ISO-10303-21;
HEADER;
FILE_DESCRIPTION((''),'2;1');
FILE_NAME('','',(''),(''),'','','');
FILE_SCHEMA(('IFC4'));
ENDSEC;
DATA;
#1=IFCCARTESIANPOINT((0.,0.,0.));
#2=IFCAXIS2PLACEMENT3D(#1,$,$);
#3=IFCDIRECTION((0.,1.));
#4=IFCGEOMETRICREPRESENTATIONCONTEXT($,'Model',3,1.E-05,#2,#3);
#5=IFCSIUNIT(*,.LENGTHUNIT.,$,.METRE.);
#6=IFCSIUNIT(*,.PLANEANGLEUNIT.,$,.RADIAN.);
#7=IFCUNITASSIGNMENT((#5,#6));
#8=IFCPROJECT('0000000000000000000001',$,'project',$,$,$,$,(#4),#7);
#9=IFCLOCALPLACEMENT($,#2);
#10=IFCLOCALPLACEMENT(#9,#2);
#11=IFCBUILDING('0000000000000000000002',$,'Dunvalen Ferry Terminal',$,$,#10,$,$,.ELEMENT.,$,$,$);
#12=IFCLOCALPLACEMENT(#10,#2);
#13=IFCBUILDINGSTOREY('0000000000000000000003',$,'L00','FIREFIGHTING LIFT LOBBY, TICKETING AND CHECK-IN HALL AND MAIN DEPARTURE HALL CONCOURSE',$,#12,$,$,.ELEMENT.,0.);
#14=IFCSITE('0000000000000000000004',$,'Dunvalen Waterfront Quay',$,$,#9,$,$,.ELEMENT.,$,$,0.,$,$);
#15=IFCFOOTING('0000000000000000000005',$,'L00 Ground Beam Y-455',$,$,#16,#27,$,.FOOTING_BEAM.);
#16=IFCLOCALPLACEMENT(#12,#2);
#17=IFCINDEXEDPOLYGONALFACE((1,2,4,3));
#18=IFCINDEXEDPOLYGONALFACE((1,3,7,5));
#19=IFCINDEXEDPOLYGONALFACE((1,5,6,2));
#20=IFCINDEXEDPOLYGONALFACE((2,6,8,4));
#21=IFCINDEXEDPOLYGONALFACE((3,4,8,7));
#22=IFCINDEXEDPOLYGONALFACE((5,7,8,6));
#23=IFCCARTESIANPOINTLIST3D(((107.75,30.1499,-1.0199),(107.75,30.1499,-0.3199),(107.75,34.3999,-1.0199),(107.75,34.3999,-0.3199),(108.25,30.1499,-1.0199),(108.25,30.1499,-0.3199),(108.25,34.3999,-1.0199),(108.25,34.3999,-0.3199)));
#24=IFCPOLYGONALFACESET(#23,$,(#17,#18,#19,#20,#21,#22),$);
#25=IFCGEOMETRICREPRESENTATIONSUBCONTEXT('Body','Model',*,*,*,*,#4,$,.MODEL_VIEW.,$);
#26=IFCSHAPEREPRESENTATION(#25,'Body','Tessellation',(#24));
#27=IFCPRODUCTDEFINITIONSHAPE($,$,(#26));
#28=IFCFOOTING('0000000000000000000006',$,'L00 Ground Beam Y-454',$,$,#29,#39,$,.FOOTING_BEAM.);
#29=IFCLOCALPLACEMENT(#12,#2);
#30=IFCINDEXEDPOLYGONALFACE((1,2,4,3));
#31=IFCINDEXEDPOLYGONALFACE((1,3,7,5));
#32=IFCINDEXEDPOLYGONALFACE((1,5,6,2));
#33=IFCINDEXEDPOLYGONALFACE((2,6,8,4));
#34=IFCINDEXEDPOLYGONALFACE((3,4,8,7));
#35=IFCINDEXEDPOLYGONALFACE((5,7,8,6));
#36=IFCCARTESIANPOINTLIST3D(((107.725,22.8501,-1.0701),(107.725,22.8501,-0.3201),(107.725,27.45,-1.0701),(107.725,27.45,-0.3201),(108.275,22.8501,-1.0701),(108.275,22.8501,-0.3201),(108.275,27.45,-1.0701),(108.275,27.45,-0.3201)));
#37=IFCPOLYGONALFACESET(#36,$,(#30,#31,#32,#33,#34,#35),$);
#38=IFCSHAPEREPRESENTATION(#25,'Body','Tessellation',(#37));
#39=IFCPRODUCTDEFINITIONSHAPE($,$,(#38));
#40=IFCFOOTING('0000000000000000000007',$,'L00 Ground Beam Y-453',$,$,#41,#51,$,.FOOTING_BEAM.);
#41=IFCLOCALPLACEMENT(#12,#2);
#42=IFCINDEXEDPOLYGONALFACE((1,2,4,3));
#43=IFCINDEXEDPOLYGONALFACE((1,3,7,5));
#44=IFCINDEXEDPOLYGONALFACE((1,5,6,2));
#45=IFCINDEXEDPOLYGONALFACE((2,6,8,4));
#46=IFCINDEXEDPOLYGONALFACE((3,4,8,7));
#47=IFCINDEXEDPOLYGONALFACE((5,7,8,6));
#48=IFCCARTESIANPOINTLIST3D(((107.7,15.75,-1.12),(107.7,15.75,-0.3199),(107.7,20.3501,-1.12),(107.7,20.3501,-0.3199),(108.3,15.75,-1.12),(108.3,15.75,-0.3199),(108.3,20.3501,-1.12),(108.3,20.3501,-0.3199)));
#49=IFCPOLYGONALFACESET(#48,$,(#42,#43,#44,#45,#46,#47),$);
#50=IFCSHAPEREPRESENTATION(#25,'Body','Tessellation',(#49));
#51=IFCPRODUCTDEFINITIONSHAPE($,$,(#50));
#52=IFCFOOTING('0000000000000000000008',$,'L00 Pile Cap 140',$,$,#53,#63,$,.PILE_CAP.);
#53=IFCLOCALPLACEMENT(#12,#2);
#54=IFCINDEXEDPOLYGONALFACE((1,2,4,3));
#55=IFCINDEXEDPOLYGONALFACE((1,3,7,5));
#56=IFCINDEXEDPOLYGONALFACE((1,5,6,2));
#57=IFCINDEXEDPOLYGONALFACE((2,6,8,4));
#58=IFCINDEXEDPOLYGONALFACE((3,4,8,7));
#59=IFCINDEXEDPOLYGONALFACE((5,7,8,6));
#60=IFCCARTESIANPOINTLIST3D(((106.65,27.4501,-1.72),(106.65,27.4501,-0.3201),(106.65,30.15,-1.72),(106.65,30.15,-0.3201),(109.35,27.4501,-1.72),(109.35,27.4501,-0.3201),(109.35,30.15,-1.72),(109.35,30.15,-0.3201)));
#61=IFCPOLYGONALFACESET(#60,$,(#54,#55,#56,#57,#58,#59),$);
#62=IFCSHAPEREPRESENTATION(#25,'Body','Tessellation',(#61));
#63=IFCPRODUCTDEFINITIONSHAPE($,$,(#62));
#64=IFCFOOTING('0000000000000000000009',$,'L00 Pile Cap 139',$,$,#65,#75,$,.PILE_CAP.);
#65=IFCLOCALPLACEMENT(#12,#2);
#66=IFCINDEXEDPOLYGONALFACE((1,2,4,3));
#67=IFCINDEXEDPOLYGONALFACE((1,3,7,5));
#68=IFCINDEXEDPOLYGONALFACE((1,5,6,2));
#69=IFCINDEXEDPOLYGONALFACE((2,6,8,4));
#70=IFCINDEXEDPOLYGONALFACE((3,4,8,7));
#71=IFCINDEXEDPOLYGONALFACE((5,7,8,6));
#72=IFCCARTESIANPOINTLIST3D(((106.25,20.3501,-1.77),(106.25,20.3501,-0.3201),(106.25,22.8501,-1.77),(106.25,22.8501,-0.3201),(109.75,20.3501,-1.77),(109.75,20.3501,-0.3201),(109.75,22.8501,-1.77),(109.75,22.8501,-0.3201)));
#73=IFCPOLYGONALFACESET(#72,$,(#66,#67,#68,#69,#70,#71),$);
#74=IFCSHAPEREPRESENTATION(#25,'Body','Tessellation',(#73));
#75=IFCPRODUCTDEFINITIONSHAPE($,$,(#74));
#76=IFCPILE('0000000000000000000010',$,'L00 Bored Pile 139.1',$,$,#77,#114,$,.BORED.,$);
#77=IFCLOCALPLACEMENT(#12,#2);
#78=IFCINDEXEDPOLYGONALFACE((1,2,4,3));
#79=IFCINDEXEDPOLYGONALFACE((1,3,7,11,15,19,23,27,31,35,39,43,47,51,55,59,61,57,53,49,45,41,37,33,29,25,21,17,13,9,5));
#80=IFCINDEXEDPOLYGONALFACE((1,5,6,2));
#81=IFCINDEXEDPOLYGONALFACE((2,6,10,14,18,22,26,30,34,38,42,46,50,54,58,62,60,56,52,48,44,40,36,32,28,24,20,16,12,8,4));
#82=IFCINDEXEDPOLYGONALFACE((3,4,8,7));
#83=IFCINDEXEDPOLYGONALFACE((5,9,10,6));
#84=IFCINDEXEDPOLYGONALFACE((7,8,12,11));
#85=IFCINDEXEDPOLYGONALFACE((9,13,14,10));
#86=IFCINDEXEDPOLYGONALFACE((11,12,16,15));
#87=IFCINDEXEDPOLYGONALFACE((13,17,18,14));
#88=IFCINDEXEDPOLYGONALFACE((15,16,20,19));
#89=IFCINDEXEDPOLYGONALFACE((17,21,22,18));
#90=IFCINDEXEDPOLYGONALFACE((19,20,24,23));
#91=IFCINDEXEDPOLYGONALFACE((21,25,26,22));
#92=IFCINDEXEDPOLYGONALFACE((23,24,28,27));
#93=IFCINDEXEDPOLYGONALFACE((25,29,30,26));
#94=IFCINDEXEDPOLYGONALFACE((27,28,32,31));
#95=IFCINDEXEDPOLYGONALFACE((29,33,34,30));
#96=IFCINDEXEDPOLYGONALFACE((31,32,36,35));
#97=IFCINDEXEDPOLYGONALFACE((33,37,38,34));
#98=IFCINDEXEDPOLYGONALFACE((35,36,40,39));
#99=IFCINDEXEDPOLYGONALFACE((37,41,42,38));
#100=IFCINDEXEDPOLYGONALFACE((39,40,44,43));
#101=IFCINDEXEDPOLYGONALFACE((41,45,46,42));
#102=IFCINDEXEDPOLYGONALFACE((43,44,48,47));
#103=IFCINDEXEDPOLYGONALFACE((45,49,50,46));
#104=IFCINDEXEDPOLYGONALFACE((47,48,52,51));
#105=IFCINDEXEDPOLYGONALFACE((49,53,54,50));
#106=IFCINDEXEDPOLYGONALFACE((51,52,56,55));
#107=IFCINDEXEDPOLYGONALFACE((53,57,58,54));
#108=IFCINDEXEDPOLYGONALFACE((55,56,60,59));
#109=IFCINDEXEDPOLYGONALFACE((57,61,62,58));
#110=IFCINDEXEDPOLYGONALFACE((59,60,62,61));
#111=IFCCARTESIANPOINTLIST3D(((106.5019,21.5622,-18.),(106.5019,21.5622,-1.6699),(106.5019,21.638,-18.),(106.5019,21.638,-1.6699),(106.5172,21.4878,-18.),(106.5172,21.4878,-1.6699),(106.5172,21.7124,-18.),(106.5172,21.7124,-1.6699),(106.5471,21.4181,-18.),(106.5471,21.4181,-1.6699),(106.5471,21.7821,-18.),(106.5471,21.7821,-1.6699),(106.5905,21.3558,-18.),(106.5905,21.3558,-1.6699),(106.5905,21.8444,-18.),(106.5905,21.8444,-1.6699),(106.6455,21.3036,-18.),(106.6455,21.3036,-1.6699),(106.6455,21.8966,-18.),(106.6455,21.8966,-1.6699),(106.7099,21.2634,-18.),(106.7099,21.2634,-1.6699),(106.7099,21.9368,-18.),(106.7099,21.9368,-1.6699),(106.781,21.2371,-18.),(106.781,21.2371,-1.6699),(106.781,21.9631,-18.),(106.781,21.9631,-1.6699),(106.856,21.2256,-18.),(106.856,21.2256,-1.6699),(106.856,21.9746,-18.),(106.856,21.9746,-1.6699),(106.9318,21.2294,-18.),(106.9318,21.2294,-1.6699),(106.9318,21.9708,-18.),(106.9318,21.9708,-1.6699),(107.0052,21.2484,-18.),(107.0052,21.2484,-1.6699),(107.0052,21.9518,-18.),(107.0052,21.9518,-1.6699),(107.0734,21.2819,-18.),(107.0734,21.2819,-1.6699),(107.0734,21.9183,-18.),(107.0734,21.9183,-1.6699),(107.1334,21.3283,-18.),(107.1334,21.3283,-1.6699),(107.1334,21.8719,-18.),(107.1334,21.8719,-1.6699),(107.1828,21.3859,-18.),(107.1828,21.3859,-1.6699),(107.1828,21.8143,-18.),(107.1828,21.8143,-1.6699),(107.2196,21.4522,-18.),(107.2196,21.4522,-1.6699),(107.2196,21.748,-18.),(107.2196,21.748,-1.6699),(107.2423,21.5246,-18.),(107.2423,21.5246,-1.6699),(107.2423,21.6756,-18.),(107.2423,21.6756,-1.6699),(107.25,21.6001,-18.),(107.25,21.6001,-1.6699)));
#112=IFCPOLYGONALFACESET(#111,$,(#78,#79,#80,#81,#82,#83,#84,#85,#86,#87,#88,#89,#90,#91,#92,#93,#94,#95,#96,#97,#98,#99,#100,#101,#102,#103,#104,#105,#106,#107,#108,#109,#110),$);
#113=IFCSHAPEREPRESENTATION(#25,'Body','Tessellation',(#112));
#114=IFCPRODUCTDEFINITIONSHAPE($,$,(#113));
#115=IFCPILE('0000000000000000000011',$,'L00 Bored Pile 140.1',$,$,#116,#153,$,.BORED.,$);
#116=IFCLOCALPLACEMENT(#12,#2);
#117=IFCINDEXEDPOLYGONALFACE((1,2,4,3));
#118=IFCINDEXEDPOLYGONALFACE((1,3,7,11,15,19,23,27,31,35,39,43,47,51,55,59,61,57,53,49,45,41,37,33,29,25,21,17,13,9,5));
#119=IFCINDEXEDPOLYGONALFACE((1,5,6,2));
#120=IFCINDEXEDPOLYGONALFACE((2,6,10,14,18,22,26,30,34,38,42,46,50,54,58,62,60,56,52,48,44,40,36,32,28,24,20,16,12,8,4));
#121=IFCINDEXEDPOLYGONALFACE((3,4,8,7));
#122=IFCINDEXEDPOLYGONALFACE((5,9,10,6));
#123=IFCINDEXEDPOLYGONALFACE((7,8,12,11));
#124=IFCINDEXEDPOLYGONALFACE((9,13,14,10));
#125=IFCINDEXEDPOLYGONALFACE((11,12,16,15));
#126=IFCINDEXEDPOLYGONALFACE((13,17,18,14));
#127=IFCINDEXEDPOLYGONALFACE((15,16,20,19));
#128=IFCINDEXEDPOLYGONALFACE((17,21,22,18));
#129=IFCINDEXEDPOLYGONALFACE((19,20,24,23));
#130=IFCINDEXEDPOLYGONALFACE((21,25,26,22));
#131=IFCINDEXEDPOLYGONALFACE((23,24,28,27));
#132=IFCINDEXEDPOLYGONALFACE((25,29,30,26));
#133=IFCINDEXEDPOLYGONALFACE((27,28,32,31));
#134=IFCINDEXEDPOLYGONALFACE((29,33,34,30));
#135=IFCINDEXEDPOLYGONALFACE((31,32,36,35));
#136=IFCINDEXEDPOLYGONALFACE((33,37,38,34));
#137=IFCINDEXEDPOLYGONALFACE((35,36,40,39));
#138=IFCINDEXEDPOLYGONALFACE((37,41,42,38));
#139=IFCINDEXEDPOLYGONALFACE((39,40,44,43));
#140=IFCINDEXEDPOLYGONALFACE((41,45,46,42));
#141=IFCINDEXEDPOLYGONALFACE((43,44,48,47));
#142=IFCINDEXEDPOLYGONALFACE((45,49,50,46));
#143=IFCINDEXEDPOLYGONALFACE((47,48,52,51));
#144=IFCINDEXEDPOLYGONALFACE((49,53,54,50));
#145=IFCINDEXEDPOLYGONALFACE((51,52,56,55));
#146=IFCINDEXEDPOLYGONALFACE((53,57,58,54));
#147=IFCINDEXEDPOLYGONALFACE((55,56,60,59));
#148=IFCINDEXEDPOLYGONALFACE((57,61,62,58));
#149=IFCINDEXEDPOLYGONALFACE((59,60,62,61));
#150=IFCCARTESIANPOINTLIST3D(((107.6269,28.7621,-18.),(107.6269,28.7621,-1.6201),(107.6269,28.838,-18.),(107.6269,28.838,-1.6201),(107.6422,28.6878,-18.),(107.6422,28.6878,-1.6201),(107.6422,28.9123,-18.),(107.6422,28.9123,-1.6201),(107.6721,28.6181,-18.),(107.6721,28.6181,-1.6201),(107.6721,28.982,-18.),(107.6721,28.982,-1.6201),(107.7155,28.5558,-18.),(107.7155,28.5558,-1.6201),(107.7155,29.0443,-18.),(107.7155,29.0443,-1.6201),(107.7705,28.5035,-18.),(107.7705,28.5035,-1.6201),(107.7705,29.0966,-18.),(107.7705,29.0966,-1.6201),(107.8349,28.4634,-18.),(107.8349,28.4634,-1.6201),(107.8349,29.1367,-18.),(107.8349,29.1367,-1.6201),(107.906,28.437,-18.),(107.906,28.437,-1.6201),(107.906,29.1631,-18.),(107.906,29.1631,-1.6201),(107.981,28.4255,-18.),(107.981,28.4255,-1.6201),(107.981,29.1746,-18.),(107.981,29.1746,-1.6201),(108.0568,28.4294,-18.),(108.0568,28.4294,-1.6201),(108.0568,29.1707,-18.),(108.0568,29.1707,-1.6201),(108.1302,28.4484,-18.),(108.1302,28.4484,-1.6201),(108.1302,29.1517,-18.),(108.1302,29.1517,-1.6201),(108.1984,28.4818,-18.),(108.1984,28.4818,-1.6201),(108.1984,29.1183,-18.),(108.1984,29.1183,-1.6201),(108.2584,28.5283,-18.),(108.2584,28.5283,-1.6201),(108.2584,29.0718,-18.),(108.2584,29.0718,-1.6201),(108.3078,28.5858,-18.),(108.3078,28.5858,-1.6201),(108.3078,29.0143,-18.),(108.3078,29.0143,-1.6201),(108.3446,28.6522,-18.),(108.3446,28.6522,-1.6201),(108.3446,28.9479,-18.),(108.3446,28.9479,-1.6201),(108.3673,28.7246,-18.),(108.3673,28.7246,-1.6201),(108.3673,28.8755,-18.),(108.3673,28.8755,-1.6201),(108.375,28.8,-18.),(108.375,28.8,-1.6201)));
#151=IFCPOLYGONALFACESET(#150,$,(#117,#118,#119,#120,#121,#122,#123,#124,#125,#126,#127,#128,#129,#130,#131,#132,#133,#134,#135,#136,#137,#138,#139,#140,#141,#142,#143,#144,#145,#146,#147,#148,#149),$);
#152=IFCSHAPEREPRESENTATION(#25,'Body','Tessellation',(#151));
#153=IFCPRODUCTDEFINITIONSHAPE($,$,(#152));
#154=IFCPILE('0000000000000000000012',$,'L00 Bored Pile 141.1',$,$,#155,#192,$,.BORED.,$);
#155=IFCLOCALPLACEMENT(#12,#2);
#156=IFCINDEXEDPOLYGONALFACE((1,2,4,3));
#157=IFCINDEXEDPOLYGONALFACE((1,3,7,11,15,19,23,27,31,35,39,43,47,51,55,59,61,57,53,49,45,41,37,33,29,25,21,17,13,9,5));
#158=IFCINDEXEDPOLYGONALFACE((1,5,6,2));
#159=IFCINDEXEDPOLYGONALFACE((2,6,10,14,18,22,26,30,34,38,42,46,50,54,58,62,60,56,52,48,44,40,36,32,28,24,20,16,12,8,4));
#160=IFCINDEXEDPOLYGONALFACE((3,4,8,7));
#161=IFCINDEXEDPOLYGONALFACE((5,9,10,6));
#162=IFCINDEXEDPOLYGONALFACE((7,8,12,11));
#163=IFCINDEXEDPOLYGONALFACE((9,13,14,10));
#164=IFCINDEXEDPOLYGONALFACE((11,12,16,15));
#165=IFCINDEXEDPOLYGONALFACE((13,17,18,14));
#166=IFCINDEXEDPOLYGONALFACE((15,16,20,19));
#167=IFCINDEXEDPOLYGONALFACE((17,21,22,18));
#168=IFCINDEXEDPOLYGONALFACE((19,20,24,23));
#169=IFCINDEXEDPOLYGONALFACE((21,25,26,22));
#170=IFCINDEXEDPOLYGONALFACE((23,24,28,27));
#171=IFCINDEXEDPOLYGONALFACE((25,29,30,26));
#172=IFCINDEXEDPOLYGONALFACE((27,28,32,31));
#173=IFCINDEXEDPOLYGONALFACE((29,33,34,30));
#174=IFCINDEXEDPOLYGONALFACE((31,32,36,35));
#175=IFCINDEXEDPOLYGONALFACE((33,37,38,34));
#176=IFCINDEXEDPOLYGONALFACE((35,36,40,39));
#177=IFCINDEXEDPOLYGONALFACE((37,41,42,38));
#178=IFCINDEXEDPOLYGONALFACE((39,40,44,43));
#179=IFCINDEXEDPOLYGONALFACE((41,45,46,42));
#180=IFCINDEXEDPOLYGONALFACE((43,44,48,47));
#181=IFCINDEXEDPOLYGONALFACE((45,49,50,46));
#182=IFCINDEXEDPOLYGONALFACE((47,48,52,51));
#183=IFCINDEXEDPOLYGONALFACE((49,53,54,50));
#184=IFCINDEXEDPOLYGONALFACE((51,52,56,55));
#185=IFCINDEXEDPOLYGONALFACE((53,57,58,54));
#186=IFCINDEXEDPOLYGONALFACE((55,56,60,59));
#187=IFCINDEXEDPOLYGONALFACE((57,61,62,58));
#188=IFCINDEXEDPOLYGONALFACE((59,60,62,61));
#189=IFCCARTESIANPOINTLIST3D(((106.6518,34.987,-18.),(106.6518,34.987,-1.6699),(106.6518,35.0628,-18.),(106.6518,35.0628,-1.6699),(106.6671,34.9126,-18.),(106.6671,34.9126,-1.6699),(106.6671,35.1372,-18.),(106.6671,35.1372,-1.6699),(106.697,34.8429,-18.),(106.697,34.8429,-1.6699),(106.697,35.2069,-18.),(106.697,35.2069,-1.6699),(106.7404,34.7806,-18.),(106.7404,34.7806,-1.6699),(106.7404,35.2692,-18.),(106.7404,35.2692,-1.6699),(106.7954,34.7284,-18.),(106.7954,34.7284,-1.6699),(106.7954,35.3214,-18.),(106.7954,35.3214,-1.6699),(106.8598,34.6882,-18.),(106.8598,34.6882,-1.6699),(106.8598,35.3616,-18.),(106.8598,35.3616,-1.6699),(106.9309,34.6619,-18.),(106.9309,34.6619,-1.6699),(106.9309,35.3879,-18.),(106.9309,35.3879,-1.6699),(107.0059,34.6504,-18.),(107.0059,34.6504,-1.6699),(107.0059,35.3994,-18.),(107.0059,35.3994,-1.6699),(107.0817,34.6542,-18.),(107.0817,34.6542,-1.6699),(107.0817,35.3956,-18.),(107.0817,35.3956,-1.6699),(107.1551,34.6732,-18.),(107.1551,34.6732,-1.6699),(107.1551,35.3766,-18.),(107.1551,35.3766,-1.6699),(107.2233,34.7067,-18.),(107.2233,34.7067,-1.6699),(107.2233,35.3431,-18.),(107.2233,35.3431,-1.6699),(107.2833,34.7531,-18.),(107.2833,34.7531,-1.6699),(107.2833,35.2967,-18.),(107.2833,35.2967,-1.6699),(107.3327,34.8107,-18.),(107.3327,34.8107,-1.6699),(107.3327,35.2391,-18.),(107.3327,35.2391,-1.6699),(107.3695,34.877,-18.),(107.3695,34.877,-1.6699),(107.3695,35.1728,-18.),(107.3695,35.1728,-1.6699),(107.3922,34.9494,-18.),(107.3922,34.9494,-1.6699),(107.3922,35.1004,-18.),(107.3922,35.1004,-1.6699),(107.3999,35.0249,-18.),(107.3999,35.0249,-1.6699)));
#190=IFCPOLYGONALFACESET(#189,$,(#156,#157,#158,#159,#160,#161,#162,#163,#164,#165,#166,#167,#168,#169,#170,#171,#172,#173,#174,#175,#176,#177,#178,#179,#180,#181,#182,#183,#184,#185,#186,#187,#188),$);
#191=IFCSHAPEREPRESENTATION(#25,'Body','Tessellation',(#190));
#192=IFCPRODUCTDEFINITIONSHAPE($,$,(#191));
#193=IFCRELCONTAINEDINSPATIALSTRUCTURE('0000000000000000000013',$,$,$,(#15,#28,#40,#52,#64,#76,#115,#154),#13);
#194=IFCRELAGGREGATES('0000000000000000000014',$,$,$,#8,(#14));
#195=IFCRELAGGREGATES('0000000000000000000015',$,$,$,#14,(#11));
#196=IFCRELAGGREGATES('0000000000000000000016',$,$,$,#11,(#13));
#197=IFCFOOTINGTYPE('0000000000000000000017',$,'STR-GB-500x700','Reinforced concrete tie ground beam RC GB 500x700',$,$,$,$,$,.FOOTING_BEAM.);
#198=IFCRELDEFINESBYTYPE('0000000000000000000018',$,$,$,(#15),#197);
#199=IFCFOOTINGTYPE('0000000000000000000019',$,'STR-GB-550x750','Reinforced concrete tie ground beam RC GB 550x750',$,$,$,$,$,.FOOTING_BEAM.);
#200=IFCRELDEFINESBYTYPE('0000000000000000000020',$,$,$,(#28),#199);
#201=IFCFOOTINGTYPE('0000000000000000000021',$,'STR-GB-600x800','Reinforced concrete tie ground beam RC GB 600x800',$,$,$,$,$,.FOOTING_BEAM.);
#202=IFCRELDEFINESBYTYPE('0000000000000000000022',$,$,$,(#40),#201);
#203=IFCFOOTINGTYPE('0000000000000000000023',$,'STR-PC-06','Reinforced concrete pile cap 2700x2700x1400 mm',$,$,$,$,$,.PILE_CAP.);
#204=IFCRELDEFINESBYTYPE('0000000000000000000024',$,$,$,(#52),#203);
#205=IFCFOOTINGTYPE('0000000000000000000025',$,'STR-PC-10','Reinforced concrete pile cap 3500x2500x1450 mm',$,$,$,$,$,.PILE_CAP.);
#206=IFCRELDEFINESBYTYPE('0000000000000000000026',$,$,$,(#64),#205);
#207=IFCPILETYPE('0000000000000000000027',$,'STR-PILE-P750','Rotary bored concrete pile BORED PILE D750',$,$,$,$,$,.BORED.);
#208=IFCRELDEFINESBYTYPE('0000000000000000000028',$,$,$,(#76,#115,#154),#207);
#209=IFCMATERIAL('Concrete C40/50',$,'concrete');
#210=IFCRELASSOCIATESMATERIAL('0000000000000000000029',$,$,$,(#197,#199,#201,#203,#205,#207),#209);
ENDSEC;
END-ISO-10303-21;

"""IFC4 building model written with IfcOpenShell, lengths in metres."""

from ifc_helpers import new_model, si_unit, direction, frame, origin, origin_2d, place, context, subcontext, project, spatial, rectangle, circle, extrude, material, material_profile, profile_set, type_object, element, save


model = new_model("IFC4")

# Units and contexts
model_context = context("Model", 3, precision=1e-05, world=origin(), true_north=direction((0.0, 1.0)))
body_context = subcontext(model_context, "Body", "Model", "MODEL_VIEW")
ifc_project = project(units=[si_unit("LENGTHUNIT", "METRE"), si_unit("PLANEANGLEUNIT", "RADIAN")], contexts=[model_context])

# Site, building, storey
site_placement = place(None, origin())
site = spatial("IfcSite", under=ifc_project, at=site_placement, Name="Dunvalen Waterfront Quay", CompositionType="ELEMENT", RefElevation=0.0)
building_placement = place(site_placement, origin())
building = spatial("IfcBuilding", under=site, at=building_placement, Name="Dunvalen Ferry Terminal", CompositionType="ELEMENT")
storey_placement = place(building_placement, origin())
storey = spatial("IfcBuildingStorey", under=building, at=storey_placement, Name="L00", Description="FIREFIGHTING LIFT LOBBY, TICKETING AND CHECK-IN HALL AND MAIN DEPARTURE HALL CONCOURSE", CompositionType="ELEMENT", Elevation=0.0)

# Footings
ifc_material_1 = material(Name="Concrete C40/50", Category="concrete")
ifc_material_profile_1 = material_profile(ifc_material_1, rectangle(XDim=0.5, YDim=0.7, at=origin_2d()), Name="Concrete C40/50")
ifc_profile_set_1 = profile_set([ifc_material_profile_1], Name="Concrete C40/50")
footing_type_1 = type_object("IfcFootingType", Name="STR-GB-500x700", Description="Reinforced concrete tie ground beam RC GB 500x700", PredefinedType="FOOTING_BEAM", material=ifc_profile_set_1)
footing_1_placement = place(storey_placement, frame((108.0, 30.1499, -0.6699), z_axis=(0.0, 1.0, 0.0), x_axis=(-1.0, 0.0, 0.0)))
element("IfcFooting", 1, at=footing_1_placement, inside=storey, type_object=footing_type_1, Name="L00 Ground Beam Y-455", PredefinedType="FOOTING_BEAM", context=body_context, shape_type="SweptSolid", body=[
    extrude(rectangle(XDim=0.5, YDim=0.7, at=origin_2d()), origin(), (0.0, 0.0, 1.0), 4.25),
])
ifc_material_profile_2 = material_profile(ifc_material_1, rectangle(XDim=0.55, YDim=0.75, at=origin_2d()), Name="Concrete C40/50")
ifc_profile_set_2 = profile_set([ifc_material_profile_2], Name="Concrete C40/50")
footing_type_2 = type_object("IfcFootingType", Name="STR-GB-550x750", Description="Reinforced concrete tie ground beam RC GB 550x750", PredefinedType="FOOTING_BEAM", material=ifc_profile_set_2)
footing_2_placement = place(storey_placement, frame((108.0, 22.8501, -0.6951), z_axis=(0.0, 1.0, 0.0), x_axis=(-1.0, 0.0, 0.0)))
element("IfcFooting", 2, at=footing_2_placement, inside=storey, type_object=footing_type_2, Name="L00 Ground Beam Y-454", PredefinedType="FOOTING_BEAM", context=body_context, shape_type="SweptSolid", body=[
    extrude(rectangle(XDim=0.55, YDim=0.75, at=origin_2d()), origin(), (0.0, 0.0, 1.0), 4.5999),
])
ifc_material_profile_3 = material_profile(ifc_material_1, rectangle(XDim=0.6001, YDim=0.8, at=origin_2d()), Name="Concrete C40/50")
ifc_profile_set_3 = profile_set([ifc_material_profile_3], Name="Concrete C40/50")
footing_type_3 = type_object("IfcFootingType", Name="STR-GB-600x800", Description="Reinforced concrete tie ground beam RC GB 600x800", PredefinedType="FOOTING_BEAM", material=ifc_profile_set_3)
footing_3_placement = place(storey_placement, frame((108.0, 15.75, -0.72), z_axis=(0.0, 1.0, 0.0), x_axis=(-1.0, 0.0, 0.0)))
element("IfcFooting", 3, at=footing_3_placement, inside=storey, type_object=footing_type_3, Name="L00 Ground Beam Y-453", PredefinedType="FOOTING_BEAM", context=body_context, shape_type="SweptSolid", body=[
    extrude(rectangle(XDim=0.6001, YDim=0.8, at=origin_2d()), origin(), (0.0, 0.0, 1.0), 4.6001),
])
footing_type_4 = type_object("IfcFootingType", Name="STR-PC-06", Description="Reinforced concrete pile cap 2700x2700x1400 mm", PredefinedType="PILE_CAP", material=ifc_material_1)
footing_4_placement = place(storey_placement, frame((108.0, 28.8, -1.72), z_axis=(0.0, 0.0, 1.0), x_axis=(1.0, 0.0, 0.0)))
element("IfcFooting", 4, at=footing_4_placement, inside=storey, type_object=footing_type_4, Name="L00 Pile Cap 140", PredefinedType="PILE_CAP", context=body_context, shape_type="SweptSolid", body=[
    extrude(rectangle(XDim=2.7, YDim=2.7, at=origin_2d()), origin(), (0.0, 0.0, 1.0), 1.3999),
])
footing_type_5 = type_object("IfcFootingType", Name="STR-PC-10", Description="Reinforced concrete pile cap 3500x2500x1450 mm", PredefinedType="PILE_CAP", material=ifc_material_1)
footing_5_placement = place(storey_placement, frame((108.0, 21.6001, -1.77), z_axis=(0.0, 0.0, 1.0), x_axis=(1.0, 0.0, 0.0)))
element("IfcFooting", 5, at=footing_5_placement, inside=storey, type_object=footing_type_5, Name="L00 Pile Cap 139", PredefinedType="PILE_CAP", context=body_context, shape_type="SweptSolid", body=[
    extrude(rectangle(XDim=3.5, YDim=2.5, at=origin_2d()), origin(), (0.0, 0.0, 1.0), 1.45),
])

# Piles
ifc_material_profile_4 = material_profile(ifc_material_1, circle(Radius=0.375, at=origin_2d()), Name="Concrete C40/50")
ifc_profile_set_4 = profile_set([ifc_material_profile_4], Name="Concrete C40/50")
pile_type = type_object("IfcPileType", Name="STR-PILE-P750", Description="Rotary bored concrete pile BORED PILE D750", PredefinedType="BORED", material=ifc_profile_set_4)
pile_1_placement = place(storey_placement, frame((106.875, 21.6001, -1.6699), z_axis=(0.0, 0.0, -1.0), x_axis=(1.0, 0.0, 0.0)))
element("IfcPile", 6, at=pile_1_placement, inside=storey, type_object=pile_type, Name="L00 Bored Pile 139.1", PredefinedType="BORED", context=body_context, shape_type="SweptSolid", body=[
    extrude(circle(Radius=0.375, at=origin_2d()), origin(), (0.0, 0.0, 1.0), 16.3301),
])
pile_2_placement = place(storey_placement, frame((108.0, 28.8, -1.6201), z_axis=(0.0, 0.0, -1.0), x_axis=(1.0, 0.0, 0.0)))
element("IfcPile", 7, at=pile_2_placement, inside=storey, type_object=pile_type, Name="L00 Bored Pile 140.1", PredefinedType="BORED", context=body_context, shape_type="SweptSolid", body=[
    extrude(circle(Radius=0.375, at=origin_2d()), origin(), (0.0, 0.0, 1.0), 16.3799),
])
pile_3_placement = place(storey_placement, frame((107.0249, 35.0249, -1.6699), z_axis=(0.0, 0.0, -1.0), x_axis=(1.0, 0.0, 0.0)))
element("IfcPile", 8, at=pile_3_placement, inside=storey, type_object=pile_type, Name="L00 Bored Pile 141.1", PredefinedType="BORED", context=body_context, shape_type="SweptSolid", body=[
    extrude(circle(Radius=0.375, at=origin_2d()), origin(), (0.0, 0.0, 1.0), 16.3301),
])

save(model, "model.ifc")
